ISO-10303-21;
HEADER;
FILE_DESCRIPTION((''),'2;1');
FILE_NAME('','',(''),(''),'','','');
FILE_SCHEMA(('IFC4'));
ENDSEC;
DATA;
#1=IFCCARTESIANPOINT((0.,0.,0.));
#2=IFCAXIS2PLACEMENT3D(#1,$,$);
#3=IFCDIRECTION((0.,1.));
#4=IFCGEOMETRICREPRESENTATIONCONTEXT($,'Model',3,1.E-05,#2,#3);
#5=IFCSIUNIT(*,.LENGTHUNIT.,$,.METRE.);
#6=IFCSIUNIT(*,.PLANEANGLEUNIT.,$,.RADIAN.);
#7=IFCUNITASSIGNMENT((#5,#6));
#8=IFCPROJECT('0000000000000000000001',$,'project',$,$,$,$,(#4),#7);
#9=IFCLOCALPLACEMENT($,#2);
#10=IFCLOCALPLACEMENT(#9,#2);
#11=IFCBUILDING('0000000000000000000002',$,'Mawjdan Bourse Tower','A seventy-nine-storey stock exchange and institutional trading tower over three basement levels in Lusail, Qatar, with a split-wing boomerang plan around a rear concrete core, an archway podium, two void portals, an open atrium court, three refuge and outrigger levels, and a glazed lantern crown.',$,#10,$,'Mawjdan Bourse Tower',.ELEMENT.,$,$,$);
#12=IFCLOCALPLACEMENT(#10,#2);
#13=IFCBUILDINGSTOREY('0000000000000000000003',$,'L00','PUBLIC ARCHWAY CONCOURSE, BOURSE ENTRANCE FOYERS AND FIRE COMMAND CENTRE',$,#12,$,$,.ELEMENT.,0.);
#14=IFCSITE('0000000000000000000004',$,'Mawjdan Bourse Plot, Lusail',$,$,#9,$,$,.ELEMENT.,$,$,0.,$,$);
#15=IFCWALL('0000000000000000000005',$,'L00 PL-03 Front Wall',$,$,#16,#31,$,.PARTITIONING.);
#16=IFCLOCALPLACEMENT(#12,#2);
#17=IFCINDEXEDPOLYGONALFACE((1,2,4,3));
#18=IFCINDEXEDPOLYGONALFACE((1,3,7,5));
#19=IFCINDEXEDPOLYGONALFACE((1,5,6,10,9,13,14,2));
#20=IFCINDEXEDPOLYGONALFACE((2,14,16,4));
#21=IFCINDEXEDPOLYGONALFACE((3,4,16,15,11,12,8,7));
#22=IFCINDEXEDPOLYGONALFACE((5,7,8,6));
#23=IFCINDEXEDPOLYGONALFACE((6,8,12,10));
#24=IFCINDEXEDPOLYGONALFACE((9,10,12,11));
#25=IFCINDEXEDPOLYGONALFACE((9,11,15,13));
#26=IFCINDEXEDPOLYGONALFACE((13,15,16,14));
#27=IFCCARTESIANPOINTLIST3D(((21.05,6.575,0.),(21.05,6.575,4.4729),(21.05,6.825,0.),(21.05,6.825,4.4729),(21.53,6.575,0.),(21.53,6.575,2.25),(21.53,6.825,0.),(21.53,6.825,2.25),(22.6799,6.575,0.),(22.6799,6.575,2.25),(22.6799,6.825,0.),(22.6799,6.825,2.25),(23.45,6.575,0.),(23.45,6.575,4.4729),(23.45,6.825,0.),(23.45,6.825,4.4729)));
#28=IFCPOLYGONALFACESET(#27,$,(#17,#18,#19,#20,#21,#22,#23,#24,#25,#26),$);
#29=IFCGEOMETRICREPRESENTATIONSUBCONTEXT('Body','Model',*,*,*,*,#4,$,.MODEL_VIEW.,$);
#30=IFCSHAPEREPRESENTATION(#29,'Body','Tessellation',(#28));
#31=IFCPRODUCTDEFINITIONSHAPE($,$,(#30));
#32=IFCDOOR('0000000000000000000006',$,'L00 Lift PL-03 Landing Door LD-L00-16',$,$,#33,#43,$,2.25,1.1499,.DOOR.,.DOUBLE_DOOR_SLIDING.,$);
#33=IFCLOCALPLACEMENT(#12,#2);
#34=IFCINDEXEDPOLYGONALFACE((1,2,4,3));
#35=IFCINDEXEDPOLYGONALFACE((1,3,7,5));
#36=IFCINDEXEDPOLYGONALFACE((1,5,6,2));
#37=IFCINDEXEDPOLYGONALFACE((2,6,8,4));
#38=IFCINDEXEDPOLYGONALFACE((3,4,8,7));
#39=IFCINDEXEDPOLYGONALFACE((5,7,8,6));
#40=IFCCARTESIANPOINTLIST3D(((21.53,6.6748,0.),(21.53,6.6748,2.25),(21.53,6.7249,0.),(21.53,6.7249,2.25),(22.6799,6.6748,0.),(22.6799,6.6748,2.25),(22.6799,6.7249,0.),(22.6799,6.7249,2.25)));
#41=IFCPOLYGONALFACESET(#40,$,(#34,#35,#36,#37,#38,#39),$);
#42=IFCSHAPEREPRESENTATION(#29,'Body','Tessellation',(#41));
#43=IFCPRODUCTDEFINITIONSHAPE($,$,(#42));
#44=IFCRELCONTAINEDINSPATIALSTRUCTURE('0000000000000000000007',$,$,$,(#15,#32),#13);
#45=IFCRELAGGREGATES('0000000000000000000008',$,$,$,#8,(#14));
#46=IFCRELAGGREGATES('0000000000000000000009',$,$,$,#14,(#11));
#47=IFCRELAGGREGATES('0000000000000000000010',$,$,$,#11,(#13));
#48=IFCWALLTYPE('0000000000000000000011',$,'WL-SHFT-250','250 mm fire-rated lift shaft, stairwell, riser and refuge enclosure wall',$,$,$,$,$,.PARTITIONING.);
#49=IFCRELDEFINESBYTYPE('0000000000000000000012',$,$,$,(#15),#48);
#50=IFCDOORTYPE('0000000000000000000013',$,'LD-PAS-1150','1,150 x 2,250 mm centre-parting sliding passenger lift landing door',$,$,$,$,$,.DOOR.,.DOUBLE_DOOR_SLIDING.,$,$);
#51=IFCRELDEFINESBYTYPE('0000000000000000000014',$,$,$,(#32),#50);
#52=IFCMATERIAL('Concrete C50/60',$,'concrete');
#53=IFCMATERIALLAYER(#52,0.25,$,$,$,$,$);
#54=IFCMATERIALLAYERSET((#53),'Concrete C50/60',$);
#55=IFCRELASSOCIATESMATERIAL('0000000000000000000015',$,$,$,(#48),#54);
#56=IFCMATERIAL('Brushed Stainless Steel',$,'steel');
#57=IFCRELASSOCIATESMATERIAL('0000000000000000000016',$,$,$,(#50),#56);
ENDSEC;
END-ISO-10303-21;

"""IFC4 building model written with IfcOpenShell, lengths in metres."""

from ifc_helpers import new_model, si_unit, direction, frame, frame_2d, origin, place, context, subcontext, project, spatial, rectangle, extrude, material, layer, layer_set, type_object, element, fill, save


model = new_model("IFC4")

# Units and contexts
model_context = context("Model", 3, precision=1e-05, world=origin(), true_north=direction((0.0, 1.0)))
body_context = subcontext(model_context, "Body", "Model", "MODEL_VIEW")
ifc_project = project(units=[si_unit("LENGTHUNIT", "METRE"), si_unit("PLANEANGLEUNIT", "RADIAN")], contexts=[model_context])

# Site, building, storey
site_placement = place(None, origin())
site = spatial("IfcSite", under=ifc_project, at=site_placement, Name="Mawjdan Bourse Plot, Lusail", CompositionType="ELEMENT", RefElevation=0.0)
building_placement = place(site_placement, origin())
building = spatial("IfcBuilding", under=site, at=building_placement, Name="Mawjdan Bourse Tower", Description="A seventy-nine-storey stock exchange and institutional trading tower over three basement levels in Lusail, Qatar, with a split-wing boomerang plan around a rear concrete core, an archway podium, two void portals, an open atrium court, three refuge and outrigger levels, and a glazed lantern crown.", LongName="Mawjdan Bourse Tower", CompositionType="ELEMENT")
storey_placement = place(building_placement, origin())
storey = spatial("IfcBuildingStorey", under=building, at=storey_placement, Name="L00", Description="PUBLIC ARCHWAY CONCOURSE, BOURSE ENTRANCE FOYERS AND FIRE COMMAND CENTRE", CompositionType="ELEMENT", Elevation=0.0)

# Shared definitions
ifc_material_1 = material(Name="Concrete C50/60", Category="concrete")
ifc_layer_1 = layer(ifc_material_1, 0.25)
ifc_layer_set_1 = layer_set([ifc_layer_1], Name="Concrete C50/60")
wall_type_1 = type_object("IfcWallType", Name="WL-SHFT-250", Description="250 mm fire-rated lift shaft, stairwell, riser and refuge enclosure wall", PredefinedType="PARTITIONING", material=ifc_layer_set_1)

# Shared definitions
ifc_material_2 = material(Name="Brushed Stainless Steel", Category="steel")
door_type_1 = type_object("IfcDoorType", Name="LD-PAS-1150", Description="1,150 x 2,250 mm centre-parting sliding passenger lift landing door", OperationType="DOUBLE_DOOR_SLIDING", PredefinedType="DOOR", material=ifc_material_2)

# Wall, opening, door
wall_1_placement = place(storey_placement, frame((21.05, 6.7, 0.0), z_axis=(0.0, 0.0, 1.0), x_axis=(1.0, 0.0, 0.0)))
wall_1 = element("IfcWall", 1, at=wall_1_placement, inside=storey, type_object=wall_type_1, Name="L00 PL-03 Front Wall", PredefinedType="PARTITIONING", context=body_context, shape_type="SweptSolid", body=[
    extrude(rectangle(XDim=2.3999, YDim=0.25, at=frame_2d((1.2, 0.0))), origin(), (0.0, 0.0, 1.0), 4.4729),
])
opening_1_placement = place(wall_1_placement, frame((0.48, 0.0, 0.0)))
opening_1 = element("IfcOpeningElement", 2, at=opening_1_placement, cuts=wall_1, PredefinedType="OPENING", context=body_context, shape_type="SweptSolid", body=[
    extrude(rectangle(XDim=1.1499, YDim=2.25, at=frame_2d((0.575, 1.125))), frame((0.0, 0.135, 0.0), z_axis=(0.0, -1.0, 0.0), x_axis=(1.0, 0.0, 0.0)), (0.0, 0.0, 1.0), 0.27),
])
door_1_placement = place(opening_1_placement, origin())
door_1 = element("IfcDoor", 3, at=door_1_placement, inside=storey, type_object=door_type_1, Name="L00 Lift PL-03 Landing Door LD-L00-16", OperationType="DOUBLE_DOOR_SLIDING", OverallHeight=2.25, OverallWidth=1.1499, PredefinedType="DOOR", context=body_context, shape_type="SweptSolid", body=[
    extrude(rectangle(XDim=1.1499, YDim=2.25, at=frame_2d((0.575, 1.125))), frame((0.0, 0.0249, 0.0), z_axis=(0.0, -1.0, 0.0), x_axis=(1.0, 0.0, 0.0)), (0.0, 0.0, 1.0), 0.05),
])
fill(opening_1, door_1)

save(model, "model.ifc")
